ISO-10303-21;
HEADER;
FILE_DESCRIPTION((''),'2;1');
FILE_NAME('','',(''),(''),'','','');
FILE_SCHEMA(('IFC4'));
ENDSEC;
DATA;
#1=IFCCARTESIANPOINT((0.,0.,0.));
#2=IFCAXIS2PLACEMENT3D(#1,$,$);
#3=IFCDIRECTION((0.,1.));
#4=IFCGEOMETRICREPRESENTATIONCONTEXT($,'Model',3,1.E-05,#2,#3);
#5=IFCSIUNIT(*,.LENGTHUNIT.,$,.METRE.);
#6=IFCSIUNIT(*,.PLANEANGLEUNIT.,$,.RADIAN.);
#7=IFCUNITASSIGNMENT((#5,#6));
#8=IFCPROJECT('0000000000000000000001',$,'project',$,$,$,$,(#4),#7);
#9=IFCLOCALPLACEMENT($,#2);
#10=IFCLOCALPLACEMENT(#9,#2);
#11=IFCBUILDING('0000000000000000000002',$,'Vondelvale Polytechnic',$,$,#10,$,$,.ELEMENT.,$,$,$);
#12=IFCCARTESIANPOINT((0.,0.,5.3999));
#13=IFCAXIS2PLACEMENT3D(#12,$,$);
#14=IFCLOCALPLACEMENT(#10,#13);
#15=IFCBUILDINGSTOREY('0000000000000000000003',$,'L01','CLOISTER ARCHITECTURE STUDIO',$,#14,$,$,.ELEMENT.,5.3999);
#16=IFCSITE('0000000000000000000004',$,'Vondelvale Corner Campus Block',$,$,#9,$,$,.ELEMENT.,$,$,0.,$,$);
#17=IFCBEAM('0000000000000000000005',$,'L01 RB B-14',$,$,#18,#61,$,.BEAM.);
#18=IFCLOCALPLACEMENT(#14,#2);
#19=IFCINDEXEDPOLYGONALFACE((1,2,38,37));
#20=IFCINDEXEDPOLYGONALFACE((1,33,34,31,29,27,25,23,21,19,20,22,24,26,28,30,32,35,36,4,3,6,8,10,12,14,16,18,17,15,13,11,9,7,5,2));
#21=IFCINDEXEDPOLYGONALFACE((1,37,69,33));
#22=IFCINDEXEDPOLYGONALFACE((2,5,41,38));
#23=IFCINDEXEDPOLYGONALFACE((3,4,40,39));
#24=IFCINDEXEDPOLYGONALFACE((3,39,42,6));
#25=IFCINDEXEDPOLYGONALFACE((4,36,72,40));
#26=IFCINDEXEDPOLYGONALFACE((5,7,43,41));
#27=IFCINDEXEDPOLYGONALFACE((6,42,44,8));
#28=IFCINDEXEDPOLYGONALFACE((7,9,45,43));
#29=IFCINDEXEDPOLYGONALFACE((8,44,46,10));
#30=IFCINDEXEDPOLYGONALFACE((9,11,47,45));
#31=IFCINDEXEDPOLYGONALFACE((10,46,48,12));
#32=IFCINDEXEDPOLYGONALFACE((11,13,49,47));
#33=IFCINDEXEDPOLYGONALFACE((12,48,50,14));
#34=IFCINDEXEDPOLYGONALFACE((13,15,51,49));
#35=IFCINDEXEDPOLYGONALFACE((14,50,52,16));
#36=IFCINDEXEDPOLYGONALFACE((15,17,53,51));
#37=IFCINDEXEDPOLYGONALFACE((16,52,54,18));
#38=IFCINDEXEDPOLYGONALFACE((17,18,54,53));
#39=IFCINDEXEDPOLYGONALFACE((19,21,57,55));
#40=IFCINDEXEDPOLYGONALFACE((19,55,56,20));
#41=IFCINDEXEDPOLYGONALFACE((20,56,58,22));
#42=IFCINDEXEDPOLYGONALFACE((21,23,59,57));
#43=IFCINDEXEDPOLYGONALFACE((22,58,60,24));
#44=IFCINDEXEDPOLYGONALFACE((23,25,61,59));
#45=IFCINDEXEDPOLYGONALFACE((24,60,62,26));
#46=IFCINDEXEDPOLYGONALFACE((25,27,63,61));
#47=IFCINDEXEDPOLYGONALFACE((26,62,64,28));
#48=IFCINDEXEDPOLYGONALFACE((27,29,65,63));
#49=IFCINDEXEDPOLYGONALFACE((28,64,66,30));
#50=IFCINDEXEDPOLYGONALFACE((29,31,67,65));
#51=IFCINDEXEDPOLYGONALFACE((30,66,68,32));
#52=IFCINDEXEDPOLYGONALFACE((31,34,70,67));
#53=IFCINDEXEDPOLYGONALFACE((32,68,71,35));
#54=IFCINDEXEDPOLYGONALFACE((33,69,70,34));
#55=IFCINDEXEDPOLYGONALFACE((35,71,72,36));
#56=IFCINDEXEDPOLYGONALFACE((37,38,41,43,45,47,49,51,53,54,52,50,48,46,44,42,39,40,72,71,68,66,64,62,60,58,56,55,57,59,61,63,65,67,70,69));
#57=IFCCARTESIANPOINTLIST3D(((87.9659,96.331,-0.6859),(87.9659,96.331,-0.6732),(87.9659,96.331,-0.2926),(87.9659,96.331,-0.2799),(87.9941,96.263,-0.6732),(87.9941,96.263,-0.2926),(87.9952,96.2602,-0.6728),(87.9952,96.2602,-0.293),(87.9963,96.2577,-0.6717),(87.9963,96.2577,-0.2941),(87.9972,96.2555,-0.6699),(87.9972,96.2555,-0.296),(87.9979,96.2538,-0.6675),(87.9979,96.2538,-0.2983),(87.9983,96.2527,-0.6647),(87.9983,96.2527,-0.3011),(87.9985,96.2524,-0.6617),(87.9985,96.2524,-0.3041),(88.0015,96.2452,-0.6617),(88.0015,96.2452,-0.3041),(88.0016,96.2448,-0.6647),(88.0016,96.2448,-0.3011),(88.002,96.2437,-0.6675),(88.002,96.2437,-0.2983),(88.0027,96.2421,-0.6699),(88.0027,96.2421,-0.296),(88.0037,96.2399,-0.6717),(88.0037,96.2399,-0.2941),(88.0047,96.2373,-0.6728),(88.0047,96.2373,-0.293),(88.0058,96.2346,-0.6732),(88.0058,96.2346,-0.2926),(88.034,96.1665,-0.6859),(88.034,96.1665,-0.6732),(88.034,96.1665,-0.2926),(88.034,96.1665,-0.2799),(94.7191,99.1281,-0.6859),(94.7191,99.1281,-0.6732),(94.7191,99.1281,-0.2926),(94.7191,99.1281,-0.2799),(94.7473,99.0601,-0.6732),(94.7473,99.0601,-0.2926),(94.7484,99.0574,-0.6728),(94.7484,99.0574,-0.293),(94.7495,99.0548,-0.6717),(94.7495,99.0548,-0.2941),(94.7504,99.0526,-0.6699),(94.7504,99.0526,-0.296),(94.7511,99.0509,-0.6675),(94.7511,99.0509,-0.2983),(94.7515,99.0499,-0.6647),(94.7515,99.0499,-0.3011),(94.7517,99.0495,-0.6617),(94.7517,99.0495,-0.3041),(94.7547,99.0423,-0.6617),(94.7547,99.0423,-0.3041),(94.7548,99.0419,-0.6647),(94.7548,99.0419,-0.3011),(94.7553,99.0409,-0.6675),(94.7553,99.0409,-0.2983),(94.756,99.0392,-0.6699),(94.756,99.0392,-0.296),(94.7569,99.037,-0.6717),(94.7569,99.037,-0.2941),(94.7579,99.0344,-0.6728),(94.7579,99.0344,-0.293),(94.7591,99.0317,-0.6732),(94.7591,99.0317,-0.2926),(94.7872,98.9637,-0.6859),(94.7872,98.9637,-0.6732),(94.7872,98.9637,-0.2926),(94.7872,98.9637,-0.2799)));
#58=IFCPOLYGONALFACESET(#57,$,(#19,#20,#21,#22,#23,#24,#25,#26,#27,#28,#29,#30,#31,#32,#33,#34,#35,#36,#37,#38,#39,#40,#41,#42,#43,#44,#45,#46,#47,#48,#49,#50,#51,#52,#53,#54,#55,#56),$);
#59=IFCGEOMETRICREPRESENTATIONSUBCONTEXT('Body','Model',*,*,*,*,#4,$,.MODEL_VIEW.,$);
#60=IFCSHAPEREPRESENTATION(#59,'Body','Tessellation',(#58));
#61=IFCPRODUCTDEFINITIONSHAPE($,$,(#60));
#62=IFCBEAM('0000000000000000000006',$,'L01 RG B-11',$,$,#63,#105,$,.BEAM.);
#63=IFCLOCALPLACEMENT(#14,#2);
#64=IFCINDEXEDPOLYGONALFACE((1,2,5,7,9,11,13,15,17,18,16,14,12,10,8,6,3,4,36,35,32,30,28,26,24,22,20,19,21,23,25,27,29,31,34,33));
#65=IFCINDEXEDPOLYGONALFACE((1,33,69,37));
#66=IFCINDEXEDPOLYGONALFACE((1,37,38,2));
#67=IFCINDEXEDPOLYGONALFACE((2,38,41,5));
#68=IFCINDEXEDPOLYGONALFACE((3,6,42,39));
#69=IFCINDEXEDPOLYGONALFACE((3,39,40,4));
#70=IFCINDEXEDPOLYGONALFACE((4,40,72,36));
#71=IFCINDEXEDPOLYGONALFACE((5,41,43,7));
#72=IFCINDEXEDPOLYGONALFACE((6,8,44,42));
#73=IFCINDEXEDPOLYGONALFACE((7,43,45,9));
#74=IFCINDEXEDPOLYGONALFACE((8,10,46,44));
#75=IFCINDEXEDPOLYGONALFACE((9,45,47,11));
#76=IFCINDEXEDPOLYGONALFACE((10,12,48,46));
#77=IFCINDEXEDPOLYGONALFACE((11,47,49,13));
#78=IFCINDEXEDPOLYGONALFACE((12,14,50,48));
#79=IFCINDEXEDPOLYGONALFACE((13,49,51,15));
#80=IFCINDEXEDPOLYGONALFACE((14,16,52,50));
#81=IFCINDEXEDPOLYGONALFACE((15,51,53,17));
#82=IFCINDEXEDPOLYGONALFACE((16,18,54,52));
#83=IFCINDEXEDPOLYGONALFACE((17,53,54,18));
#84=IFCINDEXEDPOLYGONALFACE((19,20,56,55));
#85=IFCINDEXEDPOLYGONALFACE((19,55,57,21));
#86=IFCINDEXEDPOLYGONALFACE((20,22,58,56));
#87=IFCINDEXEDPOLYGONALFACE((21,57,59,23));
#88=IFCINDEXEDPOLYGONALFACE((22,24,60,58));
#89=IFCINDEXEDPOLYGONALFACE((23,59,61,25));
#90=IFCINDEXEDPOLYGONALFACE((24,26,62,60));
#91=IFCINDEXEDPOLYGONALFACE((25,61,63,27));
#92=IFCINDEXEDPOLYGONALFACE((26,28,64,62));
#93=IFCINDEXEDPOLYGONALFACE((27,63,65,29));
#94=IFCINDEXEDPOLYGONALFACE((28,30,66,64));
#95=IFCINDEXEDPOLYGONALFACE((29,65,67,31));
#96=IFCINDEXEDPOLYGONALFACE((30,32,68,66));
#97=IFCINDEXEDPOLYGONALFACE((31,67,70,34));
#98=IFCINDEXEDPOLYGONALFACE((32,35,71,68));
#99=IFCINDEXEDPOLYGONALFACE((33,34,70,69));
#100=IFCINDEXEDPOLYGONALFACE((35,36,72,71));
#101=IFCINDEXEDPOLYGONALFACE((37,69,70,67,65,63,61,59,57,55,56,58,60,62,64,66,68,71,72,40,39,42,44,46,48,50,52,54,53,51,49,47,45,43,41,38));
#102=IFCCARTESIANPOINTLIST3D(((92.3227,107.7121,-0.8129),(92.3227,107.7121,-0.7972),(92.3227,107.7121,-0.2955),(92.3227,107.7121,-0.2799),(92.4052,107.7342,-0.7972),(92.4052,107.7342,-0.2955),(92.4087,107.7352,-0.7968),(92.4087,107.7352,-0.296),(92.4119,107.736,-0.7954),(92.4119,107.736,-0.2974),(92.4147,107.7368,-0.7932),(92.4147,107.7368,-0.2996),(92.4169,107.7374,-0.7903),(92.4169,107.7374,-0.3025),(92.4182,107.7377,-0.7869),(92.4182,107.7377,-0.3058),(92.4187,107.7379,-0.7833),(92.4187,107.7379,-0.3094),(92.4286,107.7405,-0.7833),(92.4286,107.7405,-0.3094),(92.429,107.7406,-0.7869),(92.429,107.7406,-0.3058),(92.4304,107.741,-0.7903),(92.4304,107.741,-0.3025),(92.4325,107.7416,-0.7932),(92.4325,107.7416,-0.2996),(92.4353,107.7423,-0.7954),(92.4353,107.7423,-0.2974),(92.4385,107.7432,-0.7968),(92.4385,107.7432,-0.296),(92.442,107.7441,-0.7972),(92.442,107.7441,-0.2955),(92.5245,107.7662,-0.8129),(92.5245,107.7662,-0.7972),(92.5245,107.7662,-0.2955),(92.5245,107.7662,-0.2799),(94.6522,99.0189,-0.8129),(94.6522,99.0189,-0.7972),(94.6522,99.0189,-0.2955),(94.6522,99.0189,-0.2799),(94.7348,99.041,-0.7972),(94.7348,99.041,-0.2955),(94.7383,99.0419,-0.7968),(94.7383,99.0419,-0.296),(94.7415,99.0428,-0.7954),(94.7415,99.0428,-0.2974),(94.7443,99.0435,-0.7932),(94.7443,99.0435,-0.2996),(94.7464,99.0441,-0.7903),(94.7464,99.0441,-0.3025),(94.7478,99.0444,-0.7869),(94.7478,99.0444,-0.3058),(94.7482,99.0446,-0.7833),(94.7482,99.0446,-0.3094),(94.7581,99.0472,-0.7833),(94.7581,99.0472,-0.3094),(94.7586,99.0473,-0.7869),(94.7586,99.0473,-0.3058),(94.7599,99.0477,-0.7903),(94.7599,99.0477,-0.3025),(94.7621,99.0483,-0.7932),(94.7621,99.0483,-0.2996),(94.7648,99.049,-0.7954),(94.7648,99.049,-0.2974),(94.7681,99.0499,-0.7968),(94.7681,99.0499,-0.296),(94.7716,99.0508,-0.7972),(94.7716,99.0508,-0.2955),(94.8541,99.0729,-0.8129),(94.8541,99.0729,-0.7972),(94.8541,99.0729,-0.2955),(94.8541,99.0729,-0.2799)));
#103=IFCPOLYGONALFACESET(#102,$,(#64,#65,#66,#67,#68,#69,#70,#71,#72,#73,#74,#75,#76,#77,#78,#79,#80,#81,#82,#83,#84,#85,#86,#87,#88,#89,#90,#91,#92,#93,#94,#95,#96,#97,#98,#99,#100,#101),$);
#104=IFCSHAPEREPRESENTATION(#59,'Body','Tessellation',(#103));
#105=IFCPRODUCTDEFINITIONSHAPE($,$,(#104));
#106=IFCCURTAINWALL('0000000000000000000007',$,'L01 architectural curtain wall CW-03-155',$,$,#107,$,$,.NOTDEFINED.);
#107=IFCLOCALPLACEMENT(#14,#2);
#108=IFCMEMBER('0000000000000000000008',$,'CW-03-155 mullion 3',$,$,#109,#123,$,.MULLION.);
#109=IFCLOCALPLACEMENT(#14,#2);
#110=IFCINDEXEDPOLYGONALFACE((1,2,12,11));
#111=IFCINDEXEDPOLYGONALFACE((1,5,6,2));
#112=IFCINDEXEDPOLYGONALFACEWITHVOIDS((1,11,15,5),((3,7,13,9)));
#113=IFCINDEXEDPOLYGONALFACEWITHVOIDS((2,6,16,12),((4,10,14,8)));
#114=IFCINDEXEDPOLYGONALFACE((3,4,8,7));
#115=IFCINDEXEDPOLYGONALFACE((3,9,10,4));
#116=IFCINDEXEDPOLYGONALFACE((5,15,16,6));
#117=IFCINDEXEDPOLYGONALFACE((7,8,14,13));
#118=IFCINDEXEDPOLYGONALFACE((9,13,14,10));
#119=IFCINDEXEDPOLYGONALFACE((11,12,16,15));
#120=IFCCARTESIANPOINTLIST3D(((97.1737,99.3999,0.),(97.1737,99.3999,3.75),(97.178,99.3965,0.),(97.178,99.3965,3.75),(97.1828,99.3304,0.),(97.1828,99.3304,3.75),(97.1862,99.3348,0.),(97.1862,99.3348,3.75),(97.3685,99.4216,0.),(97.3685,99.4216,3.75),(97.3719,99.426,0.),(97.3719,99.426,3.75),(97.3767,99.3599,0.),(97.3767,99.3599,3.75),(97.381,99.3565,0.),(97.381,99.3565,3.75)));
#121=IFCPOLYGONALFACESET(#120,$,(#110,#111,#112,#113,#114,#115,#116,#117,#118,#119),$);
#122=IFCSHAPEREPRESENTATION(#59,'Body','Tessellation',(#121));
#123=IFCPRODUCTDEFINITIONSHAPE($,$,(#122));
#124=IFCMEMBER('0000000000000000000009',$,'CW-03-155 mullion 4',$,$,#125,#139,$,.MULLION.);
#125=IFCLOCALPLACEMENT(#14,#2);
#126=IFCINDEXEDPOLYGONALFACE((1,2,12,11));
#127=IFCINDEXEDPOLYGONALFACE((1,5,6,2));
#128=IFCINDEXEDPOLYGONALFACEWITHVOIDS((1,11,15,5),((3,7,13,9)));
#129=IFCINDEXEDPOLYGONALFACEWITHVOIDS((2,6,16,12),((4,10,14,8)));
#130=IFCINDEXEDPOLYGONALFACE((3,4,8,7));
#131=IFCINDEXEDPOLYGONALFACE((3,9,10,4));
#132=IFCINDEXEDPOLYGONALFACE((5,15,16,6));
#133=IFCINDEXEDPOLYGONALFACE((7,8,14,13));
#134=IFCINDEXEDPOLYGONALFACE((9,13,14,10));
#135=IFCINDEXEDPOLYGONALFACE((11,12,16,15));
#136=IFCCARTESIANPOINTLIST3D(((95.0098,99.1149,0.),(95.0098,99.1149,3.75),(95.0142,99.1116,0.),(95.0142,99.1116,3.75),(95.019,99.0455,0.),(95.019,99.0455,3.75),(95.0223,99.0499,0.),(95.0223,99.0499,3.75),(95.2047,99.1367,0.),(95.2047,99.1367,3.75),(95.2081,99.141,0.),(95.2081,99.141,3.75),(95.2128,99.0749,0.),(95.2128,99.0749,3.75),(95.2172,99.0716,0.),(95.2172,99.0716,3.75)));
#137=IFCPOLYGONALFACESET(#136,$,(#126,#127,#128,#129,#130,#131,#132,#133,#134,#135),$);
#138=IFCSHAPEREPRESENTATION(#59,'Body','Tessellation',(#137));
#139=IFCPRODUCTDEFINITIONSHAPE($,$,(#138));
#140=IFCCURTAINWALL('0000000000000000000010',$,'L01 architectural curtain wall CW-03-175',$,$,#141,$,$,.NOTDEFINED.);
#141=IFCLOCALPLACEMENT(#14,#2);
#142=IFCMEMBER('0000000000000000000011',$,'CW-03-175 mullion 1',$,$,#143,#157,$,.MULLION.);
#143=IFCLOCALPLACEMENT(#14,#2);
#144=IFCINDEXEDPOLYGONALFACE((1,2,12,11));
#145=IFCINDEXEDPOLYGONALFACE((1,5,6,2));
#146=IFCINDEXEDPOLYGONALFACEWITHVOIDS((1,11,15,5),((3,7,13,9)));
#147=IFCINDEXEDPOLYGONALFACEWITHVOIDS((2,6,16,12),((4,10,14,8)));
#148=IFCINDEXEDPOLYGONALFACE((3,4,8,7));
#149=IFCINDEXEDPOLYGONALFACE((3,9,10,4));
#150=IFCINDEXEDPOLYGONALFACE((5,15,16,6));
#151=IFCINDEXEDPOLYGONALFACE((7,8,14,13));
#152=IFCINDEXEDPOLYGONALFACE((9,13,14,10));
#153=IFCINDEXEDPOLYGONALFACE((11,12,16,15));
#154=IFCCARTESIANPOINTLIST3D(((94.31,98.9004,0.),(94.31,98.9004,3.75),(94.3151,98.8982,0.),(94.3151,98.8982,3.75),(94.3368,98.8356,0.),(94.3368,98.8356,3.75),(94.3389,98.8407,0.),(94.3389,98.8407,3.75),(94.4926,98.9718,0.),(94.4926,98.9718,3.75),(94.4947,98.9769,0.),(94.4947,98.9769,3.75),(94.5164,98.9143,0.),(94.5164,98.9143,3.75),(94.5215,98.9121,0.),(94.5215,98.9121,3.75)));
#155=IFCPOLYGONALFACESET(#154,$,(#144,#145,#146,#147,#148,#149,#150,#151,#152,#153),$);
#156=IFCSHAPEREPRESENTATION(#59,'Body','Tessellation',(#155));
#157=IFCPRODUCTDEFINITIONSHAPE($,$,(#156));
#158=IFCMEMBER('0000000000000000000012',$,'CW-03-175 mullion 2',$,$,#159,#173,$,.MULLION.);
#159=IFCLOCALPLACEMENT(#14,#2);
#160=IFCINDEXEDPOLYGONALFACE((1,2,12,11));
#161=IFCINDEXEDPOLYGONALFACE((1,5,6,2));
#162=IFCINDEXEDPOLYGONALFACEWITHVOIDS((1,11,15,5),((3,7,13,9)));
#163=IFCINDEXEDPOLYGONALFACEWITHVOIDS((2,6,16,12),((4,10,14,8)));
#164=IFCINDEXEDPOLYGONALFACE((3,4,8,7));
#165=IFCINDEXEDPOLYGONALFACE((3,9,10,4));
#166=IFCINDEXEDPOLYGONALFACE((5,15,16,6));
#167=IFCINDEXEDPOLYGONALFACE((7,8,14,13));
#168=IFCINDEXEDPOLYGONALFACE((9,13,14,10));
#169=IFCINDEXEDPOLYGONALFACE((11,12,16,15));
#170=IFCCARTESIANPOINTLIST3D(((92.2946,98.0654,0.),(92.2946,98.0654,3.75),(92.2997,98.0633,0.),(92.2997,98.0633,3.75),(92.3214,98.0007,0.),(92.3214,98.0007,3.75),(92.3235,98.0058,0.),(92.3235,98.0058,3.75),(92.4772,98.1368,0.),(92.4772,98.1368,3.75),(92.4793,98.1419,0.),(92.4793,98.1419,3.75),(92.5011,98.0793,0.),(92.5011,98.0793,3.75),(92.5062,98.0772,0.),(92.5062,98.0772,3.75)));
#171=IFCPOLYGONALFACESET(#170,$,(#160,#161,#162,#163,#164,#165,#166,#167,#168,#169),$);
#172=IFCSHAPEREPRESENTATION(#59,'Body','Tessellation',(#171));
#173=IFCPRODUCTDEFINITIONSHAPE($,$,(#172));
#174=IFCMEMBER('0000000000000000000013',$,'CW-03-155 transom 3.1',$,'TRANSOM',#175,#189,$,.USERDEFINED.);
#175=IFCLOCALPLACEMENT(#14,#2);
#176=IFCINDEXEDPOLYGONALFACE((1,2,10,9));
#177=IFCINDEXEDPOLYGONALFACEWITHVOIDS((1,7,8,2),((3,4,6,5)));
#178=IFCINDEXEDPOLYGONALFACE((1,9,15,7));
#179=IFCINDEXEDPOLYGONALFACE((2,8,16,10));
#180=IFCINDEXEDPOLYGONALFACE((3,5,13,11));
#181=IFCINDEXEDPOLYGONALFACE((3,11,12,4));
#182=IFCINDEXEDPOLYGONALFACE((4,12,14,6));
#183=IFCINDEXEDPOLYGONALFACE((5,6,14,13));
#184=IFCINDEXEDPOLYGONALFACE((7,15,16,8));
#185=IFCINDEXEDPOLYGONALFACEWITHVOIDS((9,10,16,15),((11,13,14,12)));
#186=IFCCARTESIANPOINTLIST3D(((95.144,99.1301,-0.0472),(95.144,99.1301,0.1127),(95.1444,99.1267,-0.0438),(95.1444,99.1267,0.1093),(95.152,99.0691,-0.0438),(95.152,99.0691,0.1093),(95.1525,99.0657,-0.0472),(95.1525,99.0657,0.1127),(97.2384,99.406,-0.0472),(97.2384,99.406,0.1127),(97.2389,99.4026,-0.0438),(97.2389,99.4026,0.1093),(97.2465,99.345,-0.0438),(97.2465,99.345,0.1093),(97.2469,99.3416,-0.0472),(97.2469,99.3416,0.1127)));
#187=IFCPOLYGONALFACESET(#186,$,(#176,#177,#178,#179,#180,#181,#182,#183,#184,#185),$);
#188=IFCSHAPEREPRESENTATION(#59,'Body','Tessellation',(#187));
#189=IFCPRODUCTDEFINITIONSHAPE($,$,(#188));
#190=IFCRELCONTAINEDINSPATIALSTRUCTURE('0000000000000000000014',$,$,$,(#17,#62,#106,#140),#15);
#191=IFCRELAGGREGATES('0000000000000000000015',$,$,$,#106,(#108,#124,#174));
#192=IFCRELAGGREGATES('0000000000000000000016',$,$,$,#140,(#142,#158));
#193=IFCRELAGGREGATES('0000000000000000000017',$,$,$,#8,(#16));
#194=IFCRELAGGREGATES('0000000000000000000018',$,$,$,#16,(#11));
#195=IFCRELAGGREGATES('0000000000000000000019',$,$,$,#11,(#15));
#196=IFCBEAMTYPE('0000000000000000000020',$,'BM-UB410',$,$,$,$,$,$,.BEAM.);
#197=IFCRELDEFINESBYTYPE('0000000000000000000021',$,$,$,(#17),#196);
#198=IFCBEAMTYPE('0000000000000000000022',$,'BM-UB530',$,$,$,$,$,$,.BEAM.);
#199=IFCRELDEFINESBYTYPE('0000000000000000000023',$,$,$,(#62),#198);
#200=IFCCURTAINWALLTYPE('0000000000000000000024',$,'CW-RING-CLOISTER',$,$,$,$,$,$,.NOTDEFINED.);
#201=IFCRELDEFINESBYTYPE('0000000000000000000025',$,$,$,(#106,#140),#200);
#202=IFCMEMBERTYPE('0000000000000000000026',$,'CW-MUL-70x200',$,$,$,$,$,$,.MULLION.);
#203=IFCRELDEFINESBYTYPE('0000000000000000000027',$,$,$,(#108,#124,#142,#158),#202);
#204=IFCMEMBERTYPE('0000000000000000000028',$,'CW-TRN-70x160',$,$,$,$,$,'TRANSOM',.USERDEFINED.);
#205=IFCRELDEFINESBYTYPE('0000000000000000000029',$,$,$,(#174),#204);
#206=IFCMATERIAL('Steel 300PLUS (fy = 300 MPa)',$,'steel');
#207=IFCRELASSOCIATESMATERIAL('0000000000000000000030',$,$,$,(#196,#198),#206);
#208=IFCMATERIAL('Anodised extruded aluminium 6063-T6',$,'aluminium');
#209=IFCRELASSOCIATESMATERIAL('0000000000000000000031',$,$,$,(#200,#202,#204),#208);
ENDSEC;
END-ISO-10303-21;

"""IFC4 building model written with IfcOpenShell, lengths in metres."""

from ifc_helpers import new_model, si_unit, direction, frame, origin, origin_2d, place, context, subcontext, project, spatial, hollow_rectangle, i_section, extrude, material, material_profile, profile_set, type_object, element, aggregate, save


model = new_model("IFC4")

# Units and contexts
model_context = context("Model", 3, precision=1e-05, world=origin(), true_north=direction((0.0, 1.0)))
body_context = subcontext(model_context, "Body", "Model", "MODEL_VIEW")
ifc_project = project(units=[si_unit("LENGTHUNIT", "METRE"), si_unit("PLANEANGLEUNIT", "RADIAN")], contexts=[model_context])

# Site, building, storey
site_placement = place(None, origin())
site = spatial("IfcSite", under=ifc_project, at=site_placement, Name="Vondelvale Corner Campus Block", CompositionType="ELEMENT", RefElevation=0.0)
building_placement = place(site_placement, origin())
building = spatial("IfcBuilding", under=site, at=building_placement, Name="Vondelvale Polytechnic", CompositionType="ELEMENT")
storey_placement = place(building_placement, frame((0.0, 0.0, 5.3999)))
storey = spatial("IfcBuildingStorey", under=building, at=storey_placement, Name="L01", Description="CLOISTER ARCHITECTURE STUDIO", CompositionType="ELEMENT", Elevation=5.3999)

# Beams
ifc_material_1 = material(Name="Steel 300PLUS (fy = 300 MPa)", Category="steel")
ifc_material_profile_1 = material_profile(ifc_material_1, i_section(OverallWidth=0.178, OverallDepth=0.406, WebThickness=0.0078, FlangeThickness=0.0127, FilletRadius=0.0115, at=origin_2d()), Name="410UB59.7")
ifc_profile_set_1 = profile_set([ifc_material_profile_1], Name="Steel 300PLUS (fy = 300 MPa)")
beam_type_1 = type_object("IfcBeamType", Name="BM-UB410", PredefinedType="BEAM", material=ifc_profile_set_1)
beam_1_placement = place(storey_placement, frame((94.7532, 99.0459, -0.4829), z_axis=(-0.923886, -0.382667, 0.0), x_axis=(0.382667, -0.923886, 0.0)))
element("IfcBeam", 1, at=beam_1_placement, inside=storey, type_object=beam_type_1, Name="L01 RB B-14", PredefinedType="BEAM", context=body_context, shape_type="SweptSolid", body=[
    extrude(i_section(OverallWidth=0.178, OverallDepth=0.406, WebThickness=0.0078, FlangeThickness=0.0127, FilletRadius=0.0115, at=origin_2d()), origin(), (0.0, 0.0, 1.0), 7.3096),
])
ifc_material_profile_2 = material_profile(ifc_material_1, i_section(OverallWidth=0.209, OverallDepth=0.533, WebThickness=0.0103, FlangeThickness=0.0156, FilletRadius=0.0139, at=origin_2d()), Name="530UB92.4")
ifc_profile_set_2 = profile_set([ifc_material_profile_2], Name="Steel 300PLUS (fy = 300 MPa)")
beam_type_2 = type_object("IfcBeamType", Name="BM-UB530", PredefinedType="BEAM", material=ifc_profile_set_2)
beam_2_placement = place(storey_placement, frame((94.7532, 99.0459, -0.5464), z_axis=(-0.258841, 0.96592, 0.0), x_axis=(-0.96592, -0.258841, 0.0)))
element("IfcBeam", 2, at=beam_2_placement, inside=storey, type_object=beam_type_2, Name="L01 RG B-11", PredefinedType="BEAM", context=body_context, shape_type="SweptSolid", body=[
    extrude(i_section(OverallWidth=0.209, OverallDepth=0.533, WebThickness=0.0103, FlangeThickness=0.0156, FilletRadius=0.0139, at=origin_2d()), origin(), (0.0, 0.0, 1.0), 9.0),
])

# Curtain walls, members
ifc_material_2 = material(Name="Anodised extruded aluminium 6063-T6", Category="aluminium")
curtain_wall_type = type_object("IfcCurtainWallType", Name="CW-RING-CLOISTER", PredefinedType="NOTDEFINED", material=ifc_material_2)
curtain_wall_1_placement = place(storey_placement, origin())
curtain_wall_1 = element("IfcCurtainWall", 3, at=curtain_wall_1_placement, inside=storey, type_object=curtain_wall_type, Name="L01 architectural curtain wall CW-03-155", PredefinedType="NOTDEFINED")
ifc_material_profile_3 = material_profile(ifc_material_2, hollow_rectangle(XDim=0.0701, YDim=0.2, WallThickness=0.0039, at=origin_2d()), Name="CW-MUL-200x70")
ifc_profile_set_3 = profile_set([ifc_material_profile_3], Name="Anodised extruded aluminium 6063-T6")
member_type_1 = type_object("IfcMemberType", Name="CW-MUL-70x200", PredefinedType="MULLION", material=ifc_profile_set_3)
member_1_placement = place(storey_placement, frame((97.2773, 99.3782, 0.0), z_axis=(0.0, 0.0, 1.0), x_axis=(0.130528, -0.991445, 0.0)))
member_1 = element("IfcMember", 4, at=member_1_placement, type_object=member_type_1, Name="CW-03-155 mullion 3", PredefinedType="MULLION", context=body_context, shape_type="SweptSolid", body=[
    extrude(hollow_rectangle(XDim=0.0701, YDim=0.2, WallThickness=0.0039, at=origin_2d()), origin(), (0.0, 0.0, 1.0), 3.75),
])
member_2_placement = place(storey_placement, frame((95.1135, 99.0933, 0.0), z_axis=(0.0, 0.0, 1.0), x_axis=(0.130528, -0.991445, 0.0)))
member_2 = element("IfcMember", 5, at=member_2_placement, type_object=member_type_1, Name="CW-03-155 mullion 4", PredefinedType="MULLION", context=body_context, shape_type="SweptSolid", body=[
    extrude(hollow_rectangle(XDim=0.0701, YDim=0.2, WallThickness=0.0039, at=origin_2d()), origin(), (0.0, 0.0, 1.0), 3.75),
])
curtain_wall_2_placement = place(storey_placement, origin())
curtain_wall_2 = element("IfcCurtainWall", 6, at=curtain_wall_2_placement, inside=storey, type_object=curtain_wall_type, Name="L01 architectural curtain wall CW-03-175", PredefinedType="NOTDEFINED")
member_3_placement = place(storey_placement, frame((94.4158, 98.9062, 0.0), z_axis=(0.0, 0.0, 1.0), x_axis=(0.382679, -0.923882, 0.0)))
member_3 = element("IfcMember", 7, at=member_3_placement, type_object=member_type_1, Name="CW-03-175 mullion 1", PredefinedType="MULLION", context=body_context, shape_type="SweptSolid", body=[
    extrude(hollow_rectangle(XDim=0.0701, YDim=0.2, WallThickness=0.0039, at=origin_2d()), origin(), (0.0, 0.0, 1.0), 3.75),
])
member_4_placement = place(storey_placement, frame((92.4004, 98.0713, 0.0), z_axis=(0.0, 0.0, 1.0), x_axis=(0.382679, -0.923882, 0.0)))
member_4 = element("IfcMember", 8, at=member_4_placement, type_object=member_type_1, Name="CW-03-175 mullion 2", PredefinedType="MULLION", context=body_context, shape_type="SweptSolid", body=[
    extrude(hollow_rectangle(XDim=0.0701, YDim=0.2, WallThickness=0.0039, at=origin_2d()), origin(), (0.0, 0.0, 1.0), 3.75),
])

# Member
ifc_material_profile_4 = material_profile(ifc_material_2, hollow_rectangle(XDim=0.0649, YDim=0.1599, WallThickness=0.0034, at=origin_2d()), Name="CW-TRN-160x65")
ifc_profile_set_4 = profile_set([ifc_material_profile_4], Name="Anodised extruded aluminium 6063-T6")
member_type_2 = type_object("IfcMemberType", Name="CW-TRN-70x160", ElementType="TRANSOM", PredefinedType="USERDEFINED", material=ifc_profile_set_4)
member_5_placement = place(storey_placement, frame((97.2427, 99.3738, 0.0327), z_axis=(-0.991437, -0.130589, 0.0), x_axis=(0.130589, -0.991437, 0.0)))
member_5 = element("IfcMember", 9, at=member_5_placement, type_object=member_type_2, Name="CW-03-155 transom 3.1", ObjectType="TRANSOM", PredefinedType="USERDEFINED", context=body_context, shape_type="SweptSolid", body=[
    extrude(hollow_rectangle(XDim=0.0649, YDim=0.1599, WallThickness=0.0034, at=origin_2d()), origin(), (0.0, 0.0, 1.0), 2.1125),
])

aggregate(curtain_wall_1, [member_1, member_2, member_5])
aggregate(curtain_wall_2, [member_3, member_4])

save(model, "model.ifc")
